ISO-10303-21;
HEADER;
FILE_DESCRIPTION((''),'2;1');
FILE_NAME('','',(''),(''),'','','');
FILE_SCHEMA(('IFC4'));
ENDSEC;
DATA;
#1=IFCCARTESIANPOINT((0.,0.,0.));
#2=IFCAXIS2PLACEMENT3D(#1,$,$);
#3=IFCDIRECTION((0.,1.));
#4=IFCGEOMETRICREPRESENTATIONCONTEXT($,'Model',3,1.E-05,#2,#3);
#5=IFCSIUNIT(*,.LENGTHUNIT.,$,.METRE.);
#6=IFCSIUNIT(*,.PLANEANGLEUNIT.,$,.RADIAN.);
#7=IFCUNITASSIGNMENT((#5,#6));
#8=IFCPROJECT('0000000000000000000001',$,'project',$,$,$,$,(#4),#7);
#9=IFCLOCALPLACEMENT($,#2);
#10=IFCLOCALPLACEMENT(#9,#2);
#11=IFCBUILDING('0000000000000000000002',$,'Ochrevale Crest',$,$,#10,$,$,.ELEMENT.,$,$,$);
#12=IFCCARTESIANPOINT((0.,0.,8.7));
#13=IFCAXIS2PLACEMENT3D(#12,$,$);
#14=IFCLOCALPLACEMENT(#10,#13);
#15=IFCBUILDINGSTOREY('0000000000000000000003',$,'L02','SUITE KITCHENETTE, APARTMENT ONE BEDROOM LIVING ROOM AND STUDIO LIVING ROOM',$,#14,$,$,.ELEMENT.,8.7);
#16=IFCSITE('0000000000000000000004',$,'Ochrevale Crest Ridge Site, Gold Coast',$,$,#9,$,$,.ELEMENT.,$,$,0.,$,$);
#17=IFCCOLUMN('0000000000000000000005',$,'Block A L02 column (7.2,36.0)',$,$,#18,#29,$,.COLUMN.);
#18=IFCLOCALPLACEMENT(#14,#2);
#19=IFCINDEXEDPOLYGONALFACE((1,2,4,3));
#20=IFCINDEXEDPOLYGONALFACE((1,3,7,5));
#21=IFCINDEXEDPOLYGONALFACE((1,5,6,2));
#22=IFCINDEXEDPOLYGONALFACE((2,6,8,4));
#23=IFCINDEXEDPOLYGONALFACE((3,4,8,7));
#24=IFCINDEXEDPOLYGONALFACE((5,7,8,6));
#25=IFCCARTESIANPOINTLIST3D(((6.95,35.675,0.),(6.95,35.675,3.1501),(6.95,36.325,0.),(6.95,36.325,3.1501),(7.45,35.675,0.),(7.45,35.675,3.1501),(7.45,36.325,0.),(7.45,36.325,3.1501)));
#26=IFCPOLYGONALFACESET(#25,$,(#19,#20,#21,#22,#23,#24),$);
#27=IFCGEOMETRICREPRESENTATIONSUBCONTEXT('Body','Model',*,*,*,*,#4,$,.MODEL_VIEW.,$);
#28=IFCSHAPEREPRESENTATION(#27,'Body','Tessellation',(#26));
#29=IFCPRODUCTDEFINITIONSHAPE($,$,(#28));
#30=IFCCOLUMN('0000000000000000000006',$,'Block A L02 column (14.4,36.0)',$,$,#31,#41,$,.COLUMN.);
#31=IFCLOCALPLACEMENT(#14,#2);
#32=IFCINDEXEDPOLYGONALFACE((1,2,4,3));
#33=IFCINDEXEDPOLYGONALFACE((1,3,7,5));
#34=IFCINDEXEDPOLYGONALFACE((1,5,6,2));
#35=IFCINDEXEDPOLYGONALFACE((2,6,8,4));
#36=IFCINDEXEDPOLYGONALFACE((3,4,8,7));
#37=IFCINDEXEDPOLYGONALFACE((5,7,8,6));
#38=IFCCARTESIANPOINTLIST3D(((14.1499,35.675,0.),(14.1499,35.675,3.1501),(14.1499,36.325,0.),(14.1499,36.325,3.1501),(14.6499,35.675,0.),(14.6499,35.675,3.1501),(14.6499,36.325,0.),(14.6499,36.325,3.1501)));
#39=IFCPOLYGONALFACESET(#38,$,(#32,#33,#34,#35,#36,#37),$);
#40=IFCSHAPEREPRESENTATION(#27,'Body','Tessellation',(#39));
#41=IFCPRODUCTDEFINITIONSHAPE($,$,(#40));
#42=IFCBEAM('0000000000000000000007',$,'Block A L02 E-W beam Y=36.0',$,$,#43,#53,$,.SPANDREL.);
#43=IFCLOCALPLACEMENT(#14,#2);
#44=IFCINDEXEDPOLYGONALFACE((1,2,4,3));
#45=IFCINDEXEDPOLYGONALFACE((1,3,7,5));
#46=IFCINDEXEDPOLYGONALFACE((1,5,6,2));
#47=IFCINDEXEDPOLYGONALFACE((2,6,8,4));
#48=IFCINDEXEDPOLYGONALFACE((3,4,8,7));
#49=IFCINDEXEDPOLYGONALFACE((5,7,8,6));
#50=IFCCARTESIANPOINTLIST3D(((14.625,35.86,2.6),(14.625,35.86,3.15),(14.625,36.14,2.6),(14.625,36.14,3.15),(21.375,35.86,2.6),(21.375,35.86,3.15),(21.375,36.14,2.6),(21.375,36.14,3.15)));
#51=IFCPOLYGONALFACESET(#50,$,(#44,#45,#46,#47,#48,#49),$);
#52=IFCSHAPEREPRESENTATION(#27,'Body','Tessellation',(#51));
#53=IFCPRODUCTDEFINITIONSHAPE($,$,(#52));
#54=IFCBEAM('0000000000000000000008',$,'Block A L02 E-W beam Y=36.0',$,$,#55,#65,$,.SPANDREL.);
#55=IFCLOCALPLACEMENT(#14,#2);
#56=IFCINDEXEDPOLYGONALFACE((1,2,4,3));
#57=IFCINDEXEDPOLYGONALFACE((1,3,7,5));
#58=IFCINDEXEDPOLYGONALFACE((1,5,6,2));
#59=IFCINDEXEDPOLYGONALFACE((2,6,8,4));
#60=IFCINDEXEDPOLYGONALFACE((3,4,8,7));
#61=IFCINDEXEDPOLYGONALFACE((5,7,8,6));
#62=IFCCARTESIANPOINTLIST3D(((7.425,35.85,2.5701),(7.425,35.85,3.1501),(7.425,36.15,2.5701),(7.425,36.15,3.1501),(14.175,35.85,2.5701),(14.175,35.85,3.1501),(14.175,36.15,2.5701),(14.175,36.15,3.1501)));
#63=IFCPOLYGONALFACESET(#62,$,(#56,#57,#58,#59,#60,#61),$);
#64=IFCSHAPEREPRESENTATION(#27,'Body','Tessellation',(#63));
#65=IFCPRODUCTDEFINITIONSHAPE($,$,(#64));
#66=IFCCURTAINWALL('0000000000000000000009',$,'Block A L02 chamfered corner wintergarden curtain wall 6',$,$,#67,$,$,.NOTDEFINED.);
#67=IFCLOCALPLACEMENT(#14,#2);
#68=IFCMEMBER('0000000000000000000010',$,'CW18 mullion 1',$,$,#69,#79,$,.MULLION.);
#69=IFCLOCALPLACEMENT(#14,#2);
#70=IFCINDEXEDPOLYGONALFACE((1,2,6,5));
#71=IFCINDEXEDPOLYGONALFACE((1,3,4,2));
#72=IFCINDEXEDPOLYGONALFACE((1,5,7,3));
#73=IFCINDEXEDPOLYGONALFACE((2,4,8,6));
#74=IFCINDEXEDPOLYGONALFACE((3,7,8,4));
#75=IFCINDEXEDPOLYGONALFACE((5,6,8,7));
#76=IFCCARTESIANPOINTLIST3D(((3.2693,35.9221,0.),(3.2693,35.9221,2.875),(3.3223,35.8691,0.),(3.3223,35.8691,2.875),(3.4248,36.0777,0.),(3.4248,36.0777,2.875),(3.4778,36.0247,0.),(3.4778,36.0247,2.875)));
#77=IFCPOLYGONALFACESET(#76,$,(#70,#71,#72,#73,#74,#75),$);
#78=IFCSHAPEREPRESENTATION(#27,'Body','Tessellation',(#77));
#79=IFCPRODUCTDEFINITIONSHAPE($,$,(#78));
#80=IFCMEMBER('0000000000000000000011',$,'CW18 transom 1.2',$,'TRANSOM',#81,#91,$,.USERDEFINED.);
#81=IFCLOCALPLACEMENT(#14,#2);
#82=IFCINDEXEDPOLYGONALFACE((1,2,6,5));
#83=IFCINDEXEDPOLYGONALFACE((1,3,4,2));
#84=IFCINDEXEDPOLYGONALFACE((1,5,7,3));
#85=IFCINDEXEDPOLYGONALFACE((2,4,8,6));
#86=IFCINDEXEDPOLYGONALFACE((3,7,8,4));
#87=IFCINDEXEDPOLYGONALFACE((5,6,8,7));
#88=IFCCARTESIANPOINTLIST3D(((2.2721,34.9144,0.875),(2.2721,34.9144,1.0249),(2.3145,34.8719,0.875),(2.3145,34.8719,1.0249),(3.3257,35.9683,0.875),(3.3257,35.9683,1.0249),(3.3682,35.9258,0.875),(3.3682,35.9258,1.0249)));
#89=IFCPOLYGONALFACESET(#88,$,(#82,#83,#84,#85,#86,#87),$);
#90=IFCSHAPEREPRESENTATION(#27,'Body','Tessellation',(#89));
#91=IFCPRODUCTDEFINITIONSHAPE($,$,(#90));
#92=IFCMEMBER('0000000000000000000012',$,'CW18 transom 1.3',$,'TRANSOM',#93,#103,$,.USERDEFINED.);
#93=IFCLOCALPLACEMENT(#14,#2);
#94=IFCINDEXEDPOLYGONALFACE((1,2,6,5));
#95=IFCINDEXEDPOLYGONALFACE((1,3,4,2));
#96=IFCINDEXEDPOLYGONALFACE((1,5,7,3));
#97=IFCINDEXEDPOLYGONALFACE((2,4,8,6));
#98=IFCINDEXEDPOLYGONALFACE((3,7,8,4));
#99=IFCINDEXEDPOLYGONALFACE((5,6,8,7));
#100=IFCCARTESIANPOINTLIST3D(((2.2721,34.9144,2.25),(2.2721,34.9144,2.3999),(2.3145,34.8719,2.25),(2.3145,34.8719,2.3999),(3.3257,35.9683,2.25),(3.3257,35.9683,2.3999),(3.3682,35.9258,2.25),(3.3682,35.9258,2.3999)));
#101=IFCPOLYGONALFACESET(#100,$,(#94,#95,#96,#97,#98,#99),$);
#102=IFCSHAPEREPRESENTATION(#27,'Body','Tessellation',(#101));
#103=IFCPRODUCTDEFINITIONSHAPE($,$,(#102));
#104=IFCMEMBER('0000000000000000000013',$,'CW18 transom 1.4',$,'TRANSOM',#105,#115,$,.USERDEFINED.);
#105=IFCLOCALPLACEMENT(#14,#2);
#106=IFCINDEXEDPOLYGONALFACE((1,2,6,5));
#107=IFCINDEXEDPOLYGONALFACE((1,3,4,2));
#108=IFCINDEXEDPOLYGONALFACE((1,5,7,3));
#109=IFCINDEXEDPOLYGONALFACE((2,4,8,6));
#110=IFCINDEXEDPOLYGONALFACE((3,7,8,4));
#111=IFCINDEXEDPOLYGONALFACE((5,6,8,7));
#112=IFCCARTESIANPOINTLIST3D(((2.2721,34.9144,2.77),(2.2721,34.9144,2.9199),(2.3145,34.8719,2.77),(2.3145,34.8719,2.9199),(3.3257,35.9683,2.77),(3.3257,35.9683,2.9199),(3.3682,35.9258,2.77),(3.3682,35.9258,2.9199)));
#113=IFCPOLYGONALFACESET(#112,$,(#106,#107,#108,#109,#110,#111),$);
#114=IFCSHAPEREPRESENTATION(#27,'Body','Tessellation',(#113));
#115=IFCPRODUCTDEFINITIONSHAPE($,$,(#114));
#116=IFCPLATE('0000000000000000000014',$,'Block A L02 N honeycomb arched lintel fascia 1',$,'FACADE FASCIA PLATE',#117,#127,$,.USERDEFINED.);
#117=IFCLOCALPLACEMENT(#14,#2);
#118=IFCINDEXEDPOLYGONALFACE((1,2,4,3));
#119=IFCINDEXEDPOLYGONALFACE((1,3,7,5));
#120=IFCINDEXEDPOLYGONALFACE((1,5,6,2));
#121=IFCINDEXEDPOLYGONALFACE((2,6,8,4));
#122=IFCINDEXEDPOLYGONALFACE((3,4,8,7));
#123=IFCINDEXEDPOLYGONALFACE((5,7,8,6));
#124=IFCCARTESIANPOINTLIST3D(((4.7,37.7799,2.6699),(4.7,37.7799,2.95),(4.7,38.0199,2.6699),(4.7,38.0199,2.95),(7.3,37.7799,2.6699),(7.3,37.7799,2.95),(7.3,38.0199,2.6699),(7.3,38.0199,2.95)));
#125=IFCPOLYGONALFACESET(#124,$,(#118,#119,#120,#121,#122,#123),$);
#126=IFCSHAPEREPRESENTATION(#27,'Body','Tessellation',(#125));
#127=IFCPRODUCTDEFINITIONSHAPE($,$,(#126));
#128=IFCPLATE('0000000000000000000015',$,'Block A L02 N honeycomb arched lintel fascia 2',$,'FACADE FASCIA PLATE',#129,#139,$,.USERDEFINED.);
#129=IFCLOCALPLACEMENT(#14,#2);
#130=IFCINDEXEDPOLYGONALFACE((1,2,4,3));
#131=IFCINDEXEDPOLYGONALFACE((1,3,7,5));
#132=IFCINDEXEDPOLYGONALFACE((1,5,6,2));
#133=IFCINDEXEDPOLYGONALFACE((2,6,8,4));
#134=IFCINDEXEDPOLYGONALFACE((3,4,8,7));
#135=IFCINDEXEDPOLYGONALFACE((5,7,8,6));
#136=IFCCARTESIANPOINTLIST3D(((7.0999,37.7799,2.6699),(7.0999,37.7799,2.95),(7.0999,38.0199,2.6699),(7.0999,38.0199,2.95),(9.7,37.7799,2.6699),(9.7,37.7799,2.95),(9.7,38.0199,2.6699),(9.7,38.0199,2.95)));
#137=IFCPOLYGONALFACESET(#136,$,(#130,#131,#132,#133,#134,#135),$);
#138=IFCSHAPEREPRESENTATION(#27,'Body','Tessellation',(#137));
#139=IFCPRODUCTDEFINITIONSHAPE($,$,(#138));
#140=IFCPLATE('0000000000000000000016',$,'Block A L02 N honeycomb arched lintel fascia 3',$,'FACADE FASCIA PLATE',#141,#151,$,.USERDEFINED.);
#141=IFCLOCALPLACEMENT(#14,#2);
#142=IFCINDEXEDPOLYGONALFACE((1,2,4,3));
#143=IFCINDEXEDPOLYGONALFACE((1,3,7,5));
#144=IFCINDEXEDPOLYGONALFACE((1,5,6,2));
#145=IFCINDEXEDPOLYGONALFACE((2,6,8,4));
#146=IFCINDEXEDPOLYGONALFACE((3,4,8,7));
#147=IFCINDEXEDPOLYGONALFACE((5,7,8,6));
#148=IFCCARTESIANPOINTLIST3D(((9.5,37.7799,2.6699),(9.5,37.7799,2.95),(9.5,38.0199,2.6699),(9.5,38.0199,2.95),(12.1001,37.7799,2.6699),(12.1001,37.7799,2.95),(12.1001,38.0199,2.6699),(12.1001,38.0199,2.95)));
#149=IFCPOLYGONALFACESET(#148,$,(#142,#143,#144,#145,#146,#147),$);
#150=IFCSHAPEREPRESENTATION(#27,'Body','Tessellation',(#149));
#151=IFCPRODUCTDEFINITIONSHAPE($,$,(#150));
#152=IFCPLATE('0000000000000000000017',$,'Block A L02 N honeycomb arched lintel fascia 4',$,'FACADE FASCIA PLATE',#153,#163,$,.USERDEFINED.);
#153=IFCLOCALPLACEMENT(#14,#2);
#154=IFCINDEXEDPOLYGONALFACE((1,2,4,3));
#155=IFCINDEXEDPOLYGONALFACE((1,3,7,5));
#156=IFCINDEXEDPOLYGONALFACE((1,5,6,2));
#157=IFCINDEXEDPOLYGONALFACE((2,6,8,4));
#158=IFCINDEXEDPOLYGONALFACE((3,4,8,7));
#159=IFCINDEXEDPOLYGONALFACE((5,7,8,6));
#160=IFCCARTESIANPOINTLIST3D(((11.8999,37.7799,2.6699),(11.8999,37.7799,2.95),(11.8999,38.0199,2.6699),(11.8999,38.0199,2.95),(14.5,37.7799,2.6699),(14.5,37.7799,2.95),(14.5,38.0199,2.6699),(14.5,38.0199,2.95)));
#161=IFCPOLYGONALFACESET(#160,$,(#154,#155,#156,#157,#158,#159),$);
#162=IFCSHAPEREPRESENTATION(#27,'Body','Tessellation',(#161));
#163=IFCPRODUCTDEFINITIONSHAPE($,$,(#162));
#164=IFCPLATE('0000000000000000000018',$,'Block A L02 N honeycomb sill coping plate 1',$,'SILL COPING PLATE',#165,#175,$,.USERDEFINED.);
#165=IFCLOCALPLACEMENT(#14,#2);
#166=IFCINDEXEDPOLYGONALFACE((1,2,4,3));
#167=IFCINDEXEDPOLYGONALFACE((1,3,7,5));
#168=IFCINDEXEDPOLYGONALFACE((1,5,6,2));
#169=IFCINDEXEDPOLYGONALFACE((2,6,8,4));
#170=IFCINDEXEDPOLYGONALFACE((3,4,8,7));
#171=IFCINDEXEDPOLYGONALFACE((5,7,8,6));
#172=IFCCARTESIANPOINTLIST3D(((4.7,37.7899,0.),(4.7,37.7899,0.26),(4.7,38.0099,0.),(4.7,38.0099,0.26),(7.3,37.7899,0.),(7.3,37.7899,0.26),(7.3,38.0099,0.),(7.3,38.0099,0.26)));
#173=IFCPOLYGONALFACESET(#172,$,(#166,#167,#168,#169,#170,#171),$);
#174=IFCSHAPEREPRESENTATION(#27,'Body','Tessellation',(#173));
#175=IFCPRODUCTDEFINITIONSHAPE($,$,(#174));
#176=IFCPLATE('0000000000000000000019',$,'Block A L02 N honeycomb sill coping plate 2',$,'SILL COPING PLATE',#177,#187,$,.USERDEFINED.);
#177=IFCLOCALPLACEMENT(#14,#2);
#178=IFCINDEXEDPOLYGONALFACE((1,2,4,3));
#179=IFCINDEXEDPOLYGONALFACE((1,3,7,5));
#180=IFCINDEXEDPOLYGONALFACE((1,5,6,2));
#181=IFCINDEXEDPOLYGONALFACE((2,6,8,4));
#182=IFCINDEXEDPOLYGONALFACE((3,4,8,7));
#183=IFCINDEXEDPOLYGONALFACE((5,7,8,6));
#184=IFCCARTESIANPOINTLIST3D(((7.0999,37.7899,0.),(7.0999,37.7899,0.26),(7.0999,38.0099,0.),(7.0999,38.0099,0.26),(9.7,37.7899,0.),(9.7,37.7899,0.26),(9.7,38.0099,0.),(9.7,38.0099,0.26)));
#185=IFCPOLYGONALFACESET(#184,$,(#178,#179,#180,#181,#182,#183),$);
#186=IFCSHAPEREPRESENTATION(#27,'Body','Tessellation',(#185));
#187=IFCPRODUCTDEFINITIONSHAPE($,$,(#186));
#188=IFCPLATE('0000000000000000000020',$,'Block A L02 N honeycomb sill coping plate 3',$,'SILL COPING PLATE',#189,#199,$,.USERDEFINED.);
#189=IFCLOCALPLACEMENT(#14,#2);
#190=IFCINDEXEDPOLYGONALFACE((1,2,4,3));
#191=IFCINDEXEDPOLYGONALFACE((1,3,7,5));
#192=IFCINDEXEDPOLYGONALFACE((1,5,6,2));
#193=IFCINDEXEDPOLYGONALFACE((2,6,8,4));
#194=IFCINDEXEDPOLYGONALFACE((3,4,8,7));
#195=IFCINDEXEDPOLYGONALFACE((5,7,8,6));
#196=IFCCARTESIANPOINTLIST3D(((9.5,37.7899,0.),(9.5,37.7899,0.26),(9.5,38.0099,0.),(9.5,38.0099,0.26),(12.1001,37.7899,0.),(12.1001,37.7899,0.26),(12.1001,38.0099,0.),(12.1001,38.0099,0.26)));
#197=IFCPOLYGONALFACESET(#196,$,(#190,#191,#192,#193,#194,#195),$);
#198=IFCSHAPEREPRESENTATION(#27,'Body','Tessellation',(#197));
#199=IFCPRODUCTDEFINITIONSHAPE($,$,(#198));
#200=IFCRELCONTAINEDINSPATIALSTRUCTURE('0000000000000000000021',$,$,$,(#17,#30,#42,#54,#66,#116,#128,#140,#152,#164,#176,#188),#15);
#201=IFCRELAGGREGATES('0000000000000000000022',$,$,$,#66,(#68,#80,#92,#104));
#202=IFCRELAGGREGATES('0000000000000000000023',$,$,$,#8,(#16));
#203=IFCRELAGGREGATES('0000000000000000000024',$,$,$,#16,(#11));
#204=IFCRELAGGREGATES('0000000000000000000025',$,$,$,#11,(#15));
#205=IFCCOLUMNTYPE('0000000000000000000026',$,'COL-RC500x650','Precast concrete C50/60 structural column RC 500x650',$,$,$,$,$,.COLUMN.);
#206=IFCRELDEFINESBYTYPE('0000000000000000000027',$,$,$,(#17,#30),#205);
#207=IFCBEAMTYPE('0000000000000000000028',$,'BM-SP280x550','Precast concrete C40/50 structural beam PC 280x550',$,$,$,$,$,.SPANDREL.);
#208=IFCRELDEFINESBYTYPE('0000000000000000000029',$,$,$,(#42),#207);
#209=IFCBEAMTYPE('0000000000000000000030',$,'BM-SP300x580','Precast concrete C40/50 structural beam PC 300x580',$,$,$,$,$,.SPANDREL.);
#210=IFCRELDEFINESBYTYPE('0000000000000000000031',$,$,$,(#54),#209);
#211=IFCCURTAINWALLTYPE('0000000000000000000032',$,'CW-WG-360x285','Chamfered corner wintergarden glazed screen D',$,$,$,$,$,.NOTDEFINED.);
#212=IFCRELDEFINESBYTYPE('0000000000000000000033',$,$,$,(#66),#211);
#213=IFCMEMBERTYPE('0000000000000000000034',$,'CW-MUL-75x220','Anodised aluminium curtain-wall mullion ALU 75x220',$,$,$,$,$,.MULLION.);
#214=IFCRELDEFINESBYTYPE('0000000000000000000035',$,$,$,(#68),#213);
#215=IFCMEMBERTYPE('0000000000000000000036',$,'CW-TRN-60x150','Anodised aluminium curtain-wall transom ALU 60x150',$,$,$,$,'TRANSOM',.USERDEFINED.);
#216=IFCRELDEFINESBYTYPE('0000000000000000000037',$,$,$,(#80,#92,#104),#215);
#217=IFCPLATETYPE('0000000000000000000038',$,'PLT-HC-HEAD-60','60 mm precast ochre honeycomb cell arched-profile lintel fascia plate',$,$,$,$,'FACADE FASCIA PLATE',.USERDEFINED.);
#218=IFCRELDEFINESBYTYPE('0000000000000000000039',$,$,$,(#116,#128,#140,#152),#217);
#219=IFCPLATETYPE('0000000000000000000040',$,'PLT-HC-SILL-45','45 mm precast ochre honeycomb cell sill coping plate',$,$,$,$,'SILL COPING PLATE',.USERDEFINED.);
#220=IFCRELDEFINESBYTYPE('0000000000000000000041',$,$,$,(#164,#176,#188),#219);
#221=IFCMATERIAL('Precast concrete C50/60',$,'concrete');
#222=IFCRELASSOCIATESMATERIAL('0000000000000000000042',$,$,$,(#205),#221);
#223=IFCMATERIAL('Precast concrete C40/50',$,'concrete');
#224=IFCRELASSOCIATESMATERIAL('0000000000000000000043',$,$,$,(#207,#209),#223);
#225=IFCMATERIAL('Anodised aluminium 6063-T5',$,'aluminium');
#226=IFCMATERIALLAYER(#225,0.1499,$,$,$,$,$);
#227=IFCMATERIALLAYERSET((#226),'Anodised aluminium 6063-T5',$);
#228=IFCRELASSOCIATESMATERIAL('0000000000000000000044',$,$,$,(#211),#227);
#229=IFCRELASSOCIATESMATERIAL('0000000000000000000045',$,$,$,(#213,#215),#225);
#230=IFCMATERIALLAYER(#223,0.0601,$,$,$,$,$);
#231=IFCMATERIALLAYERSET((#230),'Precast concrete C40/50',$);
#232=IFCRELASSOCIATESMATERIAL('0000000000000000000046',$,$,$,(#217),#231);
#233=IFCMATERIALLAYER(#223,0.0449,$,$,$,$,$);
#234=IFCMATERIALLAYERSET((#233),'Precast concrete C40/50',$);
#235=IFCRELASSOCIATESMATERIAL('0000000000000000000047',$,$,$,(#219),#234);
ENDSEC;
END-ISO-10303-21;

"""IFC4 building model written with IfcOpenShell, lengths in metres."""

from ifc_helpers import new_model, si_unit, direction, frame, origin, origin_2d, place, context, subcontext, project, spatial, rectangle, extrude, material, layer, layer_set, material_profile, profile_set, type_object, element, aggregate, save


model = new_model("IFC4")

# Units and contexts
model_context = context("Model", 3, precision=1e-05, world=origin(), true_north=direction((0.0, 1.0)))
body_context = subcontext(model_context, "Body", "Model", "MODEL_VIEW")
ifc_project = project(units=[si_unit("LENGTHUNIT", "METRE"), si_unit("PLANEANGLEUNIT", "RADIAN")], contexts=[model_context])

# Site, building, storey
site_placement = place(None, origin())
site = spatial("IfcSite", under=ifc_project, at=site_placement, Name="Ochrevale Crest Ridge Site, Gold Coast", CompositionType="ELEMENT", RefElevation=0.0)
building_placement = place(site_placement, origin())
building = spatial("IfcBuilding", under=site, at=building_placement, Name="Ochrevale Crest", CompositionType="ELEMENT")
storey_placement = place(building_placement, frame((0.0, 0.0, 8.7)))
storey = spatial("IfcBuildingStorey", under=building, at=storey_placement, Name="L02", Description="SUITE KITCHENETTE, APARTMENT ONE BEDROOM LIVING ROOM AND STUDIO LIVING ROOM", CompositionType="ELEMENT", Elevation=8.7)

# Columns
ifc_material_1 = material(Name="Precast concrete C50/60", Category="concrete")
ifc_material_profile_1 = material_profile(ifc_material_1, rectangle(XDim=0.5, YDim=0.6499, at=origin_2d()), Name="RC 500x650")
ifc_profile_set_1 = profile_set([ifc_material_profile_1], Name="Precast concrete C50/60")
column_type = type_object("IfcColumnType", Name="COL-RC500x650", Description="Precast concrete C50/60 structural column RC 500x650", PredefinedType="COLUMN", material=ifc_profile_set_1)
for number, where, z_axis, x_axis, name in (
    (1, (7.2, 36.0, 0.0), (0.0, 0.0, 1.0), (1.0, 0.0, 0.0), "Block A L02 column (7.2,36.0)"),
    (2, (14.3999, 36.0, 0.0), (0.0, 0.0, 1.0), (1.0, 0.0, 0.0), "Block A L02 column (14.4,36.0)"),
):
    element("IfcColumn", number, at=place(storey_placement, frame(where, z_axis=z_axis, x_axis=x_axis)), inside=storey, type_object=column_type, Name=name, PredefinedType="COLUMN", context=body_context, shape_type="SweptSolid", body=[
        extrude(rectangle(XDim=0.5, YDim=0.6499, at=origin_2d()), origin(), (0.0, 0.0, 1.0), 3.1501),
    ])

# Beams
ifc_material_2 = material(Name="Precast concrete C40/50", Category="concrete")
ifc_material_profile_2 = material_profile(ifc_material_2, rectangle(XDim=0.28, YDim=0.55, at=origin_2d()), Name="PC 280x550")
ifc_profile_set_2 = profile_set([ifc_material_profile_2], Name="Precast concrete C40/50")
beam_type_1 = type_object("IfcBeamType", Name="BM-SP280x550", Description="Precast concrete C40/50 structural beam PC 280x550", PredefinedType="SPANDREL", material=ifc_profile_set_2)
beam_1_placement = place(storey_placement, frame((14.625, 36.0, 2.875), z_axis=(1.0, 0.0, 0.0), x_axis=(0.0, 1.0, 0.0)))
element("IfcBeam", 3, at=beam_1_placement, inside=storey, type_object=beam_type_1, Name="Block A L02 E-W beam Y=36.0", PredefinedType="SPANDREL", context=body_context, shape_type="SweptSolid", body=[
    extrude(rectangle(XDim=0.28, YDim=0.55, at=origin_2d()), origin(), (0.0, 0.0, 1.0), 6.75),
])
ifc_material_profile_3 = material_profile(ifc_material_2, rectangle(XDim=0.3, YDim=0.5801, at=origin_2d()), Name="PC 300x580")
ifc_profile_set_3 = profile_set([ifc_material_profile_3], Name="Precast concrete C40/50")
beam_type_2 = type_object("IfcBeamType", Name="BM-SP300x580", Description="Precast concrete C40/50 structural beam PC 300x580", PredefinedType="SPANDREL", material=ifc_profile_set_3)
beam_2_placement = place(storey_placement, frame((7.425, 36.0, 2.8601), z_axis=(1.0, 0.0, 0.0), x_axis=(0.0, 1.0, 0.0)))
element("IfcBeam", 4, at=beam_2_placement, inside=storey, type_object=beam_type_2, Name="Block A L02 E-W beam Y=36.0", PredefinedType="SPANDREL", context=body_context, shape_type="SweptSolid", body=[
    extrude(rectangle(XDim=0.3, YDim=0.5801, at=origin_2d()), origin(), (0.0, 0.0, 1.0), 6.75),
])

# Curtain wall, members
ifc_material_3 = material(Name="Anodised aluminium 6063-T5", Category="aluminium")
ifc_layer_1 = layer(ifc_material_3, 0.1499)
ifc_layer_set_1 = layer_set([ifc_layer_1], Name="Anodised aluminium 6063-T5")
curtain_wall_type = type_object("IfcCurtainWallType", Name="CW-WG-360x285", Description="Chamfered corner wintergarden glazed screen D", PredefinedType="NOTDEFINED", material=ifc_layer_set_1)
curtain_wall_placement = place(storey_placement, origin())
curtain_wall = element("IfcCurtainWall", 5, at=curtain_wall_placement, inside=storey, type_object=curtain_wall_type, Name="Block A L02 chamfered corner wintergarden curtain wall 6", PredefinedType="NOTDEFINED")
ifc_material_profile_4 = material_profile(ifc_material_3, rectangle(XDim=0.075, YDim=0.22, at=origin_2d()), Name="ALU 75x220")
ifc_profile_set_4 = profile_set([ifc_material_profile_4], Name="Anodised aluminium 6063-T5")
member_type_1 = type_object("IfcMemberType", Name="CW-MUL-75x220", Description="Anodised aluminium curtain-wall mullion ALU 75x220", PredefinedType="MULLION", material=ifc_profile_set_4)
member_1_placement = place(storey_placement, frame((3.3735, 35.9734, 0.0), z_axis=(0.0, 0.0, 1.0), x_axis=(0.707107, -0.707107, 0.0)))
member_1 = element("IfcMember", 6, at=member_1_placement, type_object=member_type_1, Name="CW18 mullion 1", PredefinedType="MULLION", context=body_context, shape_type="SweptSolid", body=[
    extrude(rectangle(XDim=0.075, YDim=0.22, at=origin_2d()), origin(), (0.0, 0.0, 1.0), 2.875),
])
ifc_material_profile_5 = material_profile(ifc_material_3, rectangle(XDim=0.0601, YDim=0.1499, at=origin_2d()), Name="ALU 60x150")
ifc_profile_set_5 = profile_set([ifc_material_profile_5], Name="Anodised aluminium 6063-T5")
member_type_2 = type_object("IfcMemberType", Name="CW-TRN-60x150", Description="Anodised aluminium curtain-wall transom ALU 60x150", ElementType="TRANSOM", PredefinedType="USERDEFINED", material=ifc_profile_set_5)
member_2_placement = place(storey_placement, frame((3.3469, 35.947, 0.95), z_axis=(-0.707025, -0.707189, 0.0), x_axis=(0.707189, -0.707025, 0.0)))
member_2 = element("IfcMember", 7, at=member_2_placement, type_object=member_type_2, Name="CW18 transom 1.2", ObjectType="TRANSOM", PredefinedType="USERDEFINED", context=body_context, shape_type="SweptSolid", body=[
    extrude(rectangle(XDim=0.0601, YDim=0.1499, at=origin_2d()), origin(), (0.0, 0.0, 1.0), 1.4902),
])
member_3_placement = place(storey_placement, frame((3.3469, 35.947, 2.325), z_axis=(-0.707025, -0.707189, 0.0), x_axis=(0.707189, -0.707025, 0.0)))
member_3 = element("IfcMember", 8, at=member_3_placement, type_object=member_type_2, Name="CW18 transom 1.3", ObjectType="TRANSOM", PredefinedType="USERDEFINED", context=body_context, shape_type="SweptSolid", body=[
    extrude(rectangle(XDim=0.0601, YDim=0.1499, at=origin_2d()), origin(), (0.0, 0.0, 1.0), 1.4902),
])
member_4_placement = place(storey_placement, frame((3.3469, 35.947, 2.845), z_axis=(-0.707025, -0.707189, 0.0), x_axis=(0.707189, -0.707025, 0.0)))
member_4 = element("IfcMember", 9, at=member_4_placement, type_object=member_type_2, Name="CW18 transom 1.4", ObjectType="TRANSOM", PredefinedType="USERDEFINED", context=body_context, shape_type="SweptSolid", body=[
    extrude(rectangle(XDim=0.0601, YDim=0.1499, at=origin_2d()), origin(), (0.0, 0.0, 1.0), 1.4902),
])
aggregate(curtain_wall, [member_1, member_2, member_3, member_4])

# Plates
ifc_layer_2 = layer(ifc_material_2, 0.0601)
ifc_layer_set_2 = layer_set([ifc_layer_2], Name="Precast concrete C40/50")
plate_type_1 = type_object("IfcPlateType", Name="PLT-HC-HEAD-60", Description="60 mm precast ochre honeycomb cell arched-profile lintel fascia plate", ElementType="FACADE FASCIA PLATE", PredefinedType="USERDEFINED", material=ifc_layer_set_2)
for number, where, z_axis, x_axis, name in (
    (10, (6.0, 37.8999, 2.6699), (0.0, 0.0, 1.0), (1.0, 0.0, 0.0), "Block A L02 N honeycomb arched lintel fascia 1"),
    (11, (8.3999, 37.8999, 2.6699), (0.0, 0.0, 1.0), (1.0, 0.0, 0.0), "Block A L02 N honeycomb arched lintel fascia 2"),
    (12, (10.8, 37.8999, 2.6699), (0.0, 0.0, 1.0), (1.0, 0.0, 0.0), "Block A L02 N honeycomb arched lintel fascia 3"),
    (13, (13.2, 37.8999, 2.6699), (0.0, 0.0, 1.0), (1.0, 0.0, 0.0), "Block A L02 N honeycomb arched lintel fascia 4"),
):
    element("IfcPlate", number, at=place(storey_placement, frame(where, z_axis=z_axis, x_axis=x_axis)), inside=storey, type_object=plate_type_1, Name=name, ObjectType="FACADE FASCIA PLATE", PredefinedType="USERDEFINED", context=body_context, shape_type="SweptSolid", body=[
        extrude(rectangle(XDim=2.6001, YDim=0.24, at=origin_2d()), origin(), (0.0, 0.0, 1.0), 0.28),
    ])
ifc_layer_3 = layer(ifc_material_2, 0.0449)
ifc_layer_set_3 = layer_set([ifc_layer_3], Name="Precast concrete C40/50")
plate_type_2 = type_object("IfcPlateType", Name="PLT-HC-SILL-45", Description="45 mm precast ochre honeycomb cell sill coping plate", ElementType="SILL COPING PLATE", PredefinedType="USERDEFINED", material=ifc_layer_set_3)
for number, where, z_axis, x_axis, name in (
    (14, (6.0, 37.8999, 0.0), (0.0, 0.0, 1.0), (1.0, 0.0, 0.0), "Block A L02 N honeycomb sill coping plate 1"),
    (15, (8.3999, 37.8999, 0.0), (0.0, 0.0, 1.0), (1.0, 0.0, 0.0), "Block A L02 N honeycomb sill coping plate 2"),
    (16, (10.8, 37.8999, 0.0), (0.0, 0.0, 1.0), (1.0, 0.0, 0.0), "Block A L02 N honeycomb sill coping plate 3"),
):
    element("IfcPlate", number, at=place(storey_placement, frame(where, z_axis=z_axis, x_axis=x_axis)), inside=storey, type_object=plate_type_2, Name=name, ObjectType="SILL COPING PLATE", PredefinedType="USERDEFINED", context=body_context, shape_type="SweptSolid", body=[
        extrude(rectangle(XDim=2.6001, YDim=0.22, at=origin_2d()), origin(), (0.0, 0.0, 1.0), 0.26),
    ])

save(model, "model.ifc")
